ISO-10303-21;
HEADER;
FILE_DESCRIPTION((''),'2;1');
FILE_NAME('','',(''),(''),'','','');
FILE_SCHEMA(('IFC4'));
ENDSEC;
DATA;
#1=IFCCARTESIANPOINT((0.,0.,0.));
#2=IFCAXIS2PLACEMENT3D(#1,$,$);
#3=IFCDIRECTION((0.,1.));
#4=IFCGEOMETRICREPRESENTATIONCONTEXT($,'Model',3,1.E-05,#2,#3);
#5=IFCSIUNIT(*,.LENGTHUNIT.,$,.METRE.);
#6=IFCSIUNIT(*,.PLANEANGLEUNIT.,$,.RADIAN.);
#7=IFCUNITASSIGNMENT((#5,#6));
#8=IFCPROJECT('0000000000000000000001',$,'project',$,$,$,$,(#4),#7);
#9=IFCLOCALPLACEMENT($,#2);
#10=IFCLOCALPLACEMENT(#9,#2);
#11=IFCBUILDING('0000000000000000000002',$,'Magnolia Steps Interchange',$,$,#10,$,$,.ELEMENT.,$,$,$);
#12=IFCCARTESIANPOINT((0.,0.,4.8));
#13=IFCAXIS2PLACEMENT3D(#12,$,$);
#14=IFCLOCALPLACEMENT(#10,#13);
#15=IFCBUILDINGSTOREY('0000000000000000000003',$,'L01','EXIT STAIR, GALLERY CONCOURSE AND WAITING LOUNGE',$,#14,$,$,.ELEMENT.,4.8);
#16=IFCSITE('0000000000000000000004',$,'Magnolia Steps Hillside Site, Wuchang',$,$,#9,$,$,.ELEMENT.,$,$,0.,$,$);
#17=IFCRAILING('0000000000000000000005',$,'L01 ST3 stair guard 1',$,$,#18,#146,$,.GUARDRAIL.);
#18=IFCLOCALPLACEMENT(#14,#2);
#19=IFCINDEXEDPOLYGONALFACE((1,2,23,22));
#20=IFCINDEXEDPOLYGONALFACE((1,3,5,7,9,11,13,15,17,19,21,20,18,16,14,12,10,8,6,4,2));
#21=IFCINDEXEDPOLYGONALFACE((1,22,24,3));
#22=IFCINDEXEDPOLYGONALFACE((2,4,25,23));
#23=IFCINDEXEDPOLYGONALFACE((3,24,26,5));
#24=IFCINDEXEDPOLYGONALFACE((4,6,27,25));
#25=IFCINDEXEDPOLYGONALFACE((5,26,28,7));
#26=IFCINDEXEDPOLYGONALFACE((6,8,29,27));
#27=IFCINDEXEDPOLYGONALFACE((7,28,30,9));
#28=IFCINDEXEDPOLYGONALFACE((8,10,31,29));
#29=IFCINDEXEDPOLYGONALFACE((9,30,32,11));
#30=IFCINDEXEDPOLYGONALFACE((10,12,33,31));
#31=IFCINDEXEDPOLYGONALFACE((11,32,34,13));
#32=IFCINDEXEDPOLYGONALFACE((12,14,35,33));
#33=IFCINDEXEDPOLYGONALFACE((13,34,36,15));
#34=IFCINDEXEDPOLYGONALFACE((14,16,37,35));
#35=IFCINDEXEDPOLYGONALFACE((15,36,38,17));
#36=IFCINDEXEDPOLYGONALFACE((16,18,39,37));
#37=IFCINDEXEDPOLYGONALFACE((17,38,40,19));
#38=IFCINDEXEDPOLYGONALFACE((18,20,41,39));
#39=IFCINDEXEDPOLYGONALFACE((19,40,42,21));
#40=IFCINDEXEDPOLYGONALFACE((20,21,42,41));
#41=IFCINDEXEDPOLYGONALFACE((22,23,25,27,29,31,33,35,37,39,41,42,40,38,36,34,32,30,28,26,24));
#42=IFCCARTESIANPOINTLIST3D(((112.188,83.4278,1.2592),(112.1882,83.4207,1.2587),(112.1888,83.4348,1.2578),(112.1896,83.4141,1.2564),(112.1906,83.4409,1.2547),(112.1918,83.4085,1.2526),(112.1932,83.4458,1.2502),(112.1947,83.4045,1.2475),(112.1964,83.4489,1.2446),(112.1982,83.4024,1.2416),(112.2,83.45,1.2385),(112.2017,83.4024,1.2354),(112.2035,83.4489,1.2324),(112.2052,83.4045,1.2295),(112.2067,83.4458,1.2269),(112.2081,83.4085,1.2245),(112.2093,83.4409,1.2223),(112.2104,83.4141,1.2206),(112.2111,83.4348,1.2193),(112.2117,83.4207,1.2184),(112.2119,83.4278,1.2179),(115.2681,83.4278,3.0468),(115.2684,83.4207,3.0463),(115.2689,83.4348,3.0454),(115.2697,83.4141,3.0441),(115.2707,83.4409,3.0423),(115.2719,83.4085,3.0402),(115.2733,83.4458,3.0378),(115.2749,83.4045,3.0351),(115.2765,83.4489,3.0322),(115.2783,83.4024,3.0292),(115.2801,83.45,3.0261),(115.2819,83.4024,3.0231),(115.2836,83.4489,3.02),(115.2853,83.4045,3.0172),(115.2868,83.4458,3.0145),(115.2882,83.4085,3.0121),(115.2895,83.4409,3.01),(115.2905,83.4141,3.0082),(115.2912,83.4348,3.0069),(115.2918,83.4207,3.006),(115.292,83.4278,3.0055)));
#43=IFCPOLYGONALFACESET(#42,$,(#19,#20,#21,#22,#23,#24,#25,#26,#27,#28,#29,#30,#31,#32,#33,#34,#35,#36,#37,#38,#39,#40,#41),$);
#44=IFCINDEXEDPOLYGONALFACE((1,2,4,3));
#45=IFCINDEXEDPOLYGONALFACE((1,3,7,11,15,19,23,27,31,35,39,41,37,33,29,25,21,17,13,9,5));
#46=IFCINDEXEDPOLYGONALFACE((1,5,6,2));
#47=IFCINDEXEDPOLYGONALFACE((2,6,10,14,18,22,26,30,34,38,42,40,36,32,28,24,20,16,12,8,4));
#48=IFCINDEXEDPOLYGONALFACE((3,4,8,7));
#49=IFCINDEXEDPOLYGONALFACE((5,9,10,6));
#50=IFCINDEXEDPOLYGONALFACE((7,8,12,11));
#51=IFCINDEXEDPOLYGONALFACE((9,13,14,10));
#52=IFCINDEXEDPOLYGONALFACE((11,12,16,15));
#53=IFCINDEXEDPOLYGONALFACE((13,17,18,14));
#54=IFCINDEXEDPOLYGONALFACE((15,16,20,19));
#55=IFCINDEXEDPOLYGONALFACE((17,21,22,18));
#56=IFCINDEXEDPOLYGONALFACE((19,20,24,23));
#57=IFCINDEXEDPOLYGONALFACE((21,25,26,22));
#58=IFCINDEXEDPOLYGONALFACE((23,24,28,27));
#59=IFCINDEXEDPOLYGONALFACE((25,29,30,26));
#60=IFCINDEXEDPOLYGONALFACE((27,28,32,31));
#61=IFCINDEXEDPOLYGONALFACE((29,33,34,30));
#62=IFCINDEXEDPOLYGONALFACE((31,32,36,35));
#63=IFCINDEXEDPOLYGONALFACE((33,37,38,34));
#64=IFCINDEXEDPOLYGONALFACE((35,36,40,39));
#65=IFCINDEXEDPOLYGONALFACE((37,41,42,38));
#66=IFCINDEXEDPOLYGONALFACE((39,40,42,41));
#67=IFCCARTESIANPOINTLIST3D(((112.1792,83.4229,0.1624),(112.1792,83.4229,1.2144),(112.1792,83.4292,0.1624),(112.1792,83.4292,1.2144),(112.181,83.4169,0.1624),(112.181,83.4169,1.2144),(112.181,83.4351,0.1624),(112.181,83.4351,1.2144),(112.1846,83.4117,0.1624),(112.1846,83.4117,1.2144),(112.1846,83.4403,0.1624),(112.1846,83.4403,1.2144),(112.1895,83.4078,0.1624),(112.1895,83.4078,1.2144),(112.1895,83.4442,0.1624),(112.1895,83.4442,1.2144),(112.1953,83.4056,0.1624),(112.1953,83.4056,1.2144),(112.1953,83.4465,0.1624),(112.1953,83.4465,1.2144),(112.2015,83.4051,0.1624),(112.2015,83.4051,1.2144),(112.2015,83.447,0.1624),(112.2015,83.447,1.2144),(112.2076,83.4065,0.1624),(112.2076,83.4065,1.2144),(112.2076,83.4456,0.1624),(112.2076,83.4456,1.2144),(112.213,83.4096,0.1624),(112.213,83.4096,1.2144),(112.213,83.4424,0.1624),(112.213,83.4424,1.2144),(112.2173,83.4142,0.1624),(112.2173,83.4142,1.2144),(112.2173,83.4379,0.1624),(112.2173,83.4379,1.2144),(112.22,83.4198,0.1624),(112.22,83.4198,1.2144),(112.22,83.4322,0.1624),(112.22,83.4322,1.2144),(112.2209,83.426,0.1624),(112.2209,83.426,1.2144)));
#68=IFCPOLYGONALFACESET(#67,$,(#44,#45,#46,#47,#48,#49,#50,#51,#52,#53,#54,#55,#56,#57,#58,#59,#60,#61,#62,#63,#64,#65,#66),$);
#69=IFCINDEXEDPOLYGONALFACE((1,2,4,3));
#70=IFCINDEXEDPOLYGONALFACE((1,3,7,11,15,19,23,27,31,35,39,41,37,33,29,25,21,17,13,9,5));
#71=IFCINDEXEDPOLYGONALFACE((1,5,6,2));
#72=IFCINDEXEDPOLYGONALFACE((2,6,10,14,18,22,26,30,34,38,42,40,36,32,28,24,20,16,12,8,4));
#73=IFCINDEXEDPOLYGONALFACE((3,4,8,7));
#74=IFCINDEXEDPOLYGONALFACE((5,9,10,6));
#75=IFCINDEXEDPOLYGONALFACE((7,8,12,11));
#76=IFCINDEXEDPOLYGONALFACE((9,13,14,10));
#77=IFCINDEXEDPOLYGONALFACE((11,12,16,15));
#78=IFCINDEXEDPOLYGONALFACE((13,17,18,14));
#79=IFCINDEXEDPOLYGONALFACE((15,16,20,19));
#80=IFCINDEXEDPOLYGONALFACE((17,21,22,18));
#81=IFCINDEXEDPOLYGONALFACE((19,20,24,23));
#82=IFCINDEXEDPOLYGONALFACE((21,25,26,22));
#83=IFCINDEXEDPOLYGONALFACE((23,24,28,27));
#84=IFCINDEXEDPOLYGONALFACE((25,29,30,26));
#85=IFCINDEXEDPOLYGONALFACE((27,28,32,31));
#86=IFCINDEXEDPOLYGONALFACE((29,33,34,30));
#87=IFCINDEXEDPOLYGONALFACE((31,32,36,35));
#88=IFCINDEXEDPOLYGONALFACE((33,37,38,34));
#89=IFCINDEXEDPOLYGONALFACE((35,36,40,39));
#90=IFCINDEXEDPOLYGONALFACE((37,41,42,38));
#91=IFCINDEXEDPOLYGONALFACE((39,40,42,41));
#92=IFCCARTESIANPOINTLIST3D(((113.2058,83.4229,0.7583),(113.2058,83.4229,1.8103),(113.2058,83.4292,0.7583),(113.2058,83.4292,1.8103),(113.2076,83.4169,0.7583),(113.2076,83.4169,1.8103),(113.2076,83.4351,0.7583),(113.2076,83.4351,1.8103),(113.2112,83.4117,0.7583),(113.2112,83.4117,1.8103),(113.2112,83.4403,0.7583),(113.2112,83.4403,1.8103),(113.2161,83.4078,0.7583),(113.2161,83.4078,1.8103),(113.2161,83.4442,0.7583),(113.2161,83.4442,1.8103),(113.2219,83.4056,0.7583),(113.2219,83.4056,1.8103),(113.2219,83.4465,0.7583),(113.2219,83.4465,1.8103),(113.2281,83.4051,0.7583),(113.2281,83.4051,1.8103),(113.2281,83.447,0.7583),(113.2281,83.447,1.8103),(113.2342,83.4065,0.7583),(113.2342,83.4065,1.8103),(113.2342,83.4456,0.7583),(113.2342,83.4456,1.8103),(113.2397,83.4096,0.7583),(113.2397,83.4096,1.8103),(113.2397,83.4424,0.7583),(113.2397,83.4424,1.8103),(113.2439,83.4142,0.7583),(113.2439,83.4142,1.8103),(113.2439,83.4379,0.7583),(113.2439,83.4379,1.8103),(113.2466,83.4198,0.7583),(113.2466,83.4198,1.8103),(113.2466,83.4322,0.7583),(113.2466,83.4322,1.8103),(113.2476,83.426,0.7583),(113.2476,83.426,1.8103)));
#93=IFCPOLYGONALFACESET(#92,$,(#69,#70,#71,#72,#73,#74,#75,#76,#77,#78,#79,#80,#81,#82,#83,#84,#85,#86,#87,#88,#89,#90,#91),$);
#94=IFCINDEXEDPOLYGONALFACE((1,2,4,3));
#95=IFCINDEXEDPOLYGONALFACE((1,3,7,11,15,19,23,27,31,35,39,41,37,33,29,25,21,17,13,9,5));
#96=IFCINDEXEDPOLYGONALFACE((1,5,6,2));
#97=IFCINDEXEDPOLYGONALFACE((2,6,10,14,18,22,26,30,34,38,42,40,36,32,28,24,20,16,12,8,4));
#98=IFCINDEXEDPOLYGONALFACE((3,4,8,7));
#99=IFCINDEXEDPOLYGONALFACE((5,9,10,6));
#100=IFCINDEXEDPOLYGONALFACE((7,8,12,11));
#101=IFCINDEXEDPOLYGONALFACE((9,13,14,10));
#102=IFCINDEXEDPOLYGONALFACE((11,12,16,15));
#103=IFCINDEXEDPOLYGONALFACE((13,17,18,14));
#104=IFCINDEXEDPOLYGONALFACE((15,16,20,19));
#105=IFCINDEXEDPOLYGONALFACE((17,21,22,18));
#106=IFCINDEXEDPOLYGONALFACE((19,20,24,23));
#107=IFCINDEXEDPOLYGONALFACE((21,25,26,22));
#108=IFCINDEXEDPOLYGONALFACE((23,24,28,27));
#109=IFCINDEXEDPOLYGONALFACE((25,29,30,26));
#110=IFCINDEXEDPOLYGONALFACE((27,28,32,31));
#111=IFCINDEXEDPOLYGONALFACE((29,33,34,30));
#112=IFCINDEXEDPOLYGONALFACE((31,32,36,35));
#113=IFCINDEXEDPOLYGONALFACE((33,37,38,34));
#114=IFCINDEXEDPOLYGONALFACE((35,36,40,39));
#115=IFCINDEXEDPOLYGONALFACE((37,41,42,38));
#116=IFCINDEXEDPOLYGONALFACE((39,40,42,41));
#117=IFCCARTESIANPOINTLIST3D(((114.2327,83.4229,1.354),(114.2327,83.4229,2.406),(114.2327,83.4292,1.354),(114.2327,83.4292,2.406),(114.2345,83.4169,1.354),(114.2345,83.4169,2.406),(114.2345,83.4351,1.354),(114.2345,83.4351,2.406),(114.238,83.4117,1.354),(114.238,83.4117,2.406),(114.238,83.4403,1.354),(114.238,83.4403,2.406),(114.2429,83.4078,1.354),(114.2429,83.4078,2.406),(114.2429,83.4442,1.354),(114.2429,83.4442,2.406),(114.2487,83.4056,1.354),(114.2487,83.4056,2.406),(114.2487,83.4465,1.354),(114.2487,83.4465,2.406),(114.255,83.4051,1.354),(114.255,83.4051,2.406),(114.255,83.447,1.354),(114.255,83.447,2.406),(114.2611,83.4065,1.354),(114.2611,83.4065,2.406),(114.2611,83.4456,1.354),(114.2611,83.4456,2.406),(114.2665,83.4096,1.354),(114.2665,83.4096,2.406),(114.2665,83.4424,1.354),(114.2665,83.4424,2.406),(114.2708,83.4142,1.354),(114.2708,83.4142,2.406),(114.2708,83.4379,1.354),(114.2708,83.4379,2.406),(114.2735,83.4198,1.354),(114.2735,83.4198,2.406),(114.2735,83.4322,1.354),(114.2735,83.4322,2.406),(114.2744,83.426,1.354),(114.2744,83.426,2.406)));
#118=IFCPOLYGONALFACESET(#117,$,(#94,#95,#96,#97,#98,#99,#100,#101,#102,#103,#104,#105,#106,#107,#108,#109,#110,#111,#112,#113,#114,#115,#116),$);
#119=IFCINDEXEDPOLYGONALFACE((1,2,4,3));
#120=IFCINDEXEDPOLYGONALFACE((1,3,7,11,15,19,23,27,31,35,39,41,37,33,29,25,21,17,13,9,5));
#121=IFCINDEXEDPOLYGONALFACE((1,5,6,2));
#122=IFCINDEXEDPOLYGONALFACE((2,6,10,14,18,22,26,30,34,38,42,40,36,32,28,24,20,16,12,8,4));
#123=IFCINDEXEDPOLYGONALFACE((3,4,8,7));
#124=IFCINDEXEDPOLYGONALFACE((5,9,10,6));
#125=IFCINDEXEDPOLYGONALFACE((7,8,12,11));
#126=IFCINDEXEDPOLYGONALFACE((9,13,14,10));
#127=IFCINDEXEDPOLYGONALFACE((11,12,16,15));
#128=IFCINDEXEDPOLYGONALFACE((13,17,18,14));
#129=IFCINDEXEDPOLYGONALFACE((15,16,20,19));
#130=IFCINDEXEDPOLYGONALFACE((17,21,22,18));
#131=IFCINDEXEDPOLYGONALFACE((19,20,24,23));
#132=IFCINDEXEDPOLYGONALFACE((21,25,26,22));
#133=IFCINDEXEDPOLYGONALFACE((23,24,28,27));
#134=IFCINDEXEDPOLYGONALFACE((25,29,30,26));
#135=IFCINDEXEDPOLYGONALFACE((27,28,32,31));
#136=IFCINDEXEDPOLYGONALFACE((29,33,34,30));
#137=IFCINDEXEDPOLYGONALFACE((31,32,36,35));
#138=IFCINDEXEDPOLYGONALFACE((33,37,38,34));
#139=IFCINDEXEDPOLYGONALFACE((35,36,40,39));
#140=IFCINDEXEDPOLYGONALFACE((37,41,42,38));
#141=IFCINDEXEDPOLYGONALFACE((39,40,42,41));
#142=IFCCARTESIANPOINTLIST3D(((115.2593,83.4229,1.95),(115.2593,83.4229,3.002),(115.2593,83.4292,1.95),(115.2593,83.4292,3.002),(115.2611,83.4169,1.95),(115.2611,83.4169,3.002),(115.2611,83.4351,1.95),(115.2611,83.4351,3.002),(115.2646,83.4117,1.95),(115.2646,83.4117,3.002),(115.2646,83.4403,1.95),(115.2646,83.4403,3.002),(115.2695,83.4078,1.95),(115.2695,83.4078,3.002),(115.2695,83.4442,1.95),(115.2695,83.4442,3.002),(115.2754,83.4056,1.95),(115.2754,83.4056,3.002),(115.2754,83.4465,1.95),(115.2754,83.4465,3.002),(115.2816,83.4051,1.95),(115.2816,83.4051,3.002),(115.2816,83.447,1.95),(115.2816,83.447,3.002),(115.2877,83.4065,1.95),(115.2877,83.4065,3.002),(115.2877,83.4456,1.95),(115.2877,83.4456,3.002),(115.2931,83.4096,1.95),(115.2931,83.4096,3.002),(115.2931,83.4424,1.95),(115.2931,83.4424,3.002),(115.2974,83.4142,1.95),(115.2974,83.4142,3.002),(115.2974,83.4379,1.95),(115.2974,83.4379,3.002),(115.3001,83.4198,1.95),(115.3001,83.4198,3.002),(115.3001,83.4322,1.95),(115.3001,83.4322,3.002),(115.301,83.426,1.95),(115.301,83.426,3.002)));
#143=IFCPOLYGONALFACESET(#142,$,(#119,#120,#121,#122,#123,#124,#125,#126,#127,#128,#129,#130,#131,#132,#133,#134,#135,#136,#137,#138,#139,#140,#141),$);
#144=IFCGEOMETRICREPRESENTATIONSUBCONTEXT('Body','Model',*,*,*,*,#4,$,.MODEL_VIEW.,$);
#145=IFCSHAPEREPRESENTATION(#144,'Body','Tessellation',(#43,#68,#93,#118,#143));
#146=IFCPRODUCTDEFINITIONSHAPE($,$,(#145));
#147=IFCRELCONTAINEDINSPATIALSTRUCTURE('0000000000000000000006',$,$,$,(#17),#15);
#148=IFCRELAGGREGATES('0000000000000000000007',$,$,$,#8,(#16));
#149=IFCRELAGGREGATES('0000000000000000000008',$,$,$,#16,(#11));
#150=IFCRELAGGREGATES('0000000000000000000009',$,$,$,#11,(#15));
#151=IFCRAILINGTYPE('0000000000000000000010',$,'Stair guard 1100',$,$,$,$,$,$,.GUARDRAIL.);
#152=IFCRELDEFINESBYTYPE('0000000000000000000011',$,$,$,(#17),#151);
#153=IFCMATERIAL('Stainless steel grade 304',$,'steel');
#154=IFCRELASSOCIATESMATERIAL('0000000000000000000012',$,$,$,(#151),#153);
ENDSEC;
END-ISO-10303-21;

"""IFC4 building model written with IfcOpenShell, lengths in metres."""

from ifc_helpers import new_model, si_unit, direction, frame, origin, origin_2d, place, context, subcontext, project, spatial, circle, extrude, material, type_object, element, save


model = new_model("IFC4")

# Units and contexts
model_context = context("Model", 3, precision=1e-05, world=origin(), true_north=direction((0.0, 1.0)))
body_context = subcontext(model_context, "Body", "Model", "MODEL_VIEW")
ifc_project = project(units=[si_unit("LENGTHUNIT", "METRE"), si_unit("PLANEANGLEUNIT", "RADIAN")], contexts=[model_context])

# Site, building, storey
site_placement = place(None, origin())
site = spatial("IfcSite", under=ifc_project, at=site_placement, Name="Magnolia Steps Hillside Site, Wuchang", CompositionType="ELEMENT", RefElevation=0.0)
building_placement = place(site_placement, origin())
building = spatial("IfcBuilding", under=site, at=building_placement, Name="Magnolia Steps Interchange", CompositionType="ELEMENT")
storey_placement = place(building_placement, frame((0.0, 0.0, 4.8)))
storey = spatial("IfcBuildingStorey", under=building, at=storey_placement, Name="L01", Description="EXIT STAIR, GALLERY CONCOURSE AND WAITING LOUNGE", CompositionType="ELEMENT", Elevation=4.8)

# Railing
ifc_material_1 = material(Name="Stainless steel grade 304", Category="steel")
railing_type_1 = type_object("IfcRailingType", Name="Stair guard 1100", PredefinedType="GUARDRAIL", material=ifc_material_1)
railing_1_placement = place(storey_placement, frame((112.2, 83.426, 0.1624)))
element("IfcRailing", 1, at=railing_1_placement, inside=storey, type_object=railing_type_1, Name="L01 ST3 stair guard 1", PredefinedType="GUARDRAIL", context=body_context, shape_type="SweptSolid", body=[
    extrude(circle(Radius=0.0239, at=origin_2d()), frame((0.0, 0.0, 1.0762), z_axis=(0.864891, 0.0, 0.50196), x_axis=(0.0, 1.0, 0.0)), (0.0, 0.0, 1.0), 3.5613),
    extrude(circle(Radius=0.021, at=origin_2d()), origin(), (0.0, 0.0, 1.0), 1.052),
    extrude(circle(Radius=0.021, at=origin_2d()), frame((1.0266, 0.0, 0.5959)), (0.0, 0.0, 1.0), 1.052),
    extrude(circle(Radius=0.021, at=origin_2d()), frame((2.0535, 0.0, 1.1917)), (0.0, 0.0, 1.0), 1.052),
    extrude(circle(Radius=0.021, at=origin_2d()), frame((3.0801, 0.0, 1.7876)), (0.0, 0.0, 1.0), 1.052),
])

save(model, "model.ifc")
